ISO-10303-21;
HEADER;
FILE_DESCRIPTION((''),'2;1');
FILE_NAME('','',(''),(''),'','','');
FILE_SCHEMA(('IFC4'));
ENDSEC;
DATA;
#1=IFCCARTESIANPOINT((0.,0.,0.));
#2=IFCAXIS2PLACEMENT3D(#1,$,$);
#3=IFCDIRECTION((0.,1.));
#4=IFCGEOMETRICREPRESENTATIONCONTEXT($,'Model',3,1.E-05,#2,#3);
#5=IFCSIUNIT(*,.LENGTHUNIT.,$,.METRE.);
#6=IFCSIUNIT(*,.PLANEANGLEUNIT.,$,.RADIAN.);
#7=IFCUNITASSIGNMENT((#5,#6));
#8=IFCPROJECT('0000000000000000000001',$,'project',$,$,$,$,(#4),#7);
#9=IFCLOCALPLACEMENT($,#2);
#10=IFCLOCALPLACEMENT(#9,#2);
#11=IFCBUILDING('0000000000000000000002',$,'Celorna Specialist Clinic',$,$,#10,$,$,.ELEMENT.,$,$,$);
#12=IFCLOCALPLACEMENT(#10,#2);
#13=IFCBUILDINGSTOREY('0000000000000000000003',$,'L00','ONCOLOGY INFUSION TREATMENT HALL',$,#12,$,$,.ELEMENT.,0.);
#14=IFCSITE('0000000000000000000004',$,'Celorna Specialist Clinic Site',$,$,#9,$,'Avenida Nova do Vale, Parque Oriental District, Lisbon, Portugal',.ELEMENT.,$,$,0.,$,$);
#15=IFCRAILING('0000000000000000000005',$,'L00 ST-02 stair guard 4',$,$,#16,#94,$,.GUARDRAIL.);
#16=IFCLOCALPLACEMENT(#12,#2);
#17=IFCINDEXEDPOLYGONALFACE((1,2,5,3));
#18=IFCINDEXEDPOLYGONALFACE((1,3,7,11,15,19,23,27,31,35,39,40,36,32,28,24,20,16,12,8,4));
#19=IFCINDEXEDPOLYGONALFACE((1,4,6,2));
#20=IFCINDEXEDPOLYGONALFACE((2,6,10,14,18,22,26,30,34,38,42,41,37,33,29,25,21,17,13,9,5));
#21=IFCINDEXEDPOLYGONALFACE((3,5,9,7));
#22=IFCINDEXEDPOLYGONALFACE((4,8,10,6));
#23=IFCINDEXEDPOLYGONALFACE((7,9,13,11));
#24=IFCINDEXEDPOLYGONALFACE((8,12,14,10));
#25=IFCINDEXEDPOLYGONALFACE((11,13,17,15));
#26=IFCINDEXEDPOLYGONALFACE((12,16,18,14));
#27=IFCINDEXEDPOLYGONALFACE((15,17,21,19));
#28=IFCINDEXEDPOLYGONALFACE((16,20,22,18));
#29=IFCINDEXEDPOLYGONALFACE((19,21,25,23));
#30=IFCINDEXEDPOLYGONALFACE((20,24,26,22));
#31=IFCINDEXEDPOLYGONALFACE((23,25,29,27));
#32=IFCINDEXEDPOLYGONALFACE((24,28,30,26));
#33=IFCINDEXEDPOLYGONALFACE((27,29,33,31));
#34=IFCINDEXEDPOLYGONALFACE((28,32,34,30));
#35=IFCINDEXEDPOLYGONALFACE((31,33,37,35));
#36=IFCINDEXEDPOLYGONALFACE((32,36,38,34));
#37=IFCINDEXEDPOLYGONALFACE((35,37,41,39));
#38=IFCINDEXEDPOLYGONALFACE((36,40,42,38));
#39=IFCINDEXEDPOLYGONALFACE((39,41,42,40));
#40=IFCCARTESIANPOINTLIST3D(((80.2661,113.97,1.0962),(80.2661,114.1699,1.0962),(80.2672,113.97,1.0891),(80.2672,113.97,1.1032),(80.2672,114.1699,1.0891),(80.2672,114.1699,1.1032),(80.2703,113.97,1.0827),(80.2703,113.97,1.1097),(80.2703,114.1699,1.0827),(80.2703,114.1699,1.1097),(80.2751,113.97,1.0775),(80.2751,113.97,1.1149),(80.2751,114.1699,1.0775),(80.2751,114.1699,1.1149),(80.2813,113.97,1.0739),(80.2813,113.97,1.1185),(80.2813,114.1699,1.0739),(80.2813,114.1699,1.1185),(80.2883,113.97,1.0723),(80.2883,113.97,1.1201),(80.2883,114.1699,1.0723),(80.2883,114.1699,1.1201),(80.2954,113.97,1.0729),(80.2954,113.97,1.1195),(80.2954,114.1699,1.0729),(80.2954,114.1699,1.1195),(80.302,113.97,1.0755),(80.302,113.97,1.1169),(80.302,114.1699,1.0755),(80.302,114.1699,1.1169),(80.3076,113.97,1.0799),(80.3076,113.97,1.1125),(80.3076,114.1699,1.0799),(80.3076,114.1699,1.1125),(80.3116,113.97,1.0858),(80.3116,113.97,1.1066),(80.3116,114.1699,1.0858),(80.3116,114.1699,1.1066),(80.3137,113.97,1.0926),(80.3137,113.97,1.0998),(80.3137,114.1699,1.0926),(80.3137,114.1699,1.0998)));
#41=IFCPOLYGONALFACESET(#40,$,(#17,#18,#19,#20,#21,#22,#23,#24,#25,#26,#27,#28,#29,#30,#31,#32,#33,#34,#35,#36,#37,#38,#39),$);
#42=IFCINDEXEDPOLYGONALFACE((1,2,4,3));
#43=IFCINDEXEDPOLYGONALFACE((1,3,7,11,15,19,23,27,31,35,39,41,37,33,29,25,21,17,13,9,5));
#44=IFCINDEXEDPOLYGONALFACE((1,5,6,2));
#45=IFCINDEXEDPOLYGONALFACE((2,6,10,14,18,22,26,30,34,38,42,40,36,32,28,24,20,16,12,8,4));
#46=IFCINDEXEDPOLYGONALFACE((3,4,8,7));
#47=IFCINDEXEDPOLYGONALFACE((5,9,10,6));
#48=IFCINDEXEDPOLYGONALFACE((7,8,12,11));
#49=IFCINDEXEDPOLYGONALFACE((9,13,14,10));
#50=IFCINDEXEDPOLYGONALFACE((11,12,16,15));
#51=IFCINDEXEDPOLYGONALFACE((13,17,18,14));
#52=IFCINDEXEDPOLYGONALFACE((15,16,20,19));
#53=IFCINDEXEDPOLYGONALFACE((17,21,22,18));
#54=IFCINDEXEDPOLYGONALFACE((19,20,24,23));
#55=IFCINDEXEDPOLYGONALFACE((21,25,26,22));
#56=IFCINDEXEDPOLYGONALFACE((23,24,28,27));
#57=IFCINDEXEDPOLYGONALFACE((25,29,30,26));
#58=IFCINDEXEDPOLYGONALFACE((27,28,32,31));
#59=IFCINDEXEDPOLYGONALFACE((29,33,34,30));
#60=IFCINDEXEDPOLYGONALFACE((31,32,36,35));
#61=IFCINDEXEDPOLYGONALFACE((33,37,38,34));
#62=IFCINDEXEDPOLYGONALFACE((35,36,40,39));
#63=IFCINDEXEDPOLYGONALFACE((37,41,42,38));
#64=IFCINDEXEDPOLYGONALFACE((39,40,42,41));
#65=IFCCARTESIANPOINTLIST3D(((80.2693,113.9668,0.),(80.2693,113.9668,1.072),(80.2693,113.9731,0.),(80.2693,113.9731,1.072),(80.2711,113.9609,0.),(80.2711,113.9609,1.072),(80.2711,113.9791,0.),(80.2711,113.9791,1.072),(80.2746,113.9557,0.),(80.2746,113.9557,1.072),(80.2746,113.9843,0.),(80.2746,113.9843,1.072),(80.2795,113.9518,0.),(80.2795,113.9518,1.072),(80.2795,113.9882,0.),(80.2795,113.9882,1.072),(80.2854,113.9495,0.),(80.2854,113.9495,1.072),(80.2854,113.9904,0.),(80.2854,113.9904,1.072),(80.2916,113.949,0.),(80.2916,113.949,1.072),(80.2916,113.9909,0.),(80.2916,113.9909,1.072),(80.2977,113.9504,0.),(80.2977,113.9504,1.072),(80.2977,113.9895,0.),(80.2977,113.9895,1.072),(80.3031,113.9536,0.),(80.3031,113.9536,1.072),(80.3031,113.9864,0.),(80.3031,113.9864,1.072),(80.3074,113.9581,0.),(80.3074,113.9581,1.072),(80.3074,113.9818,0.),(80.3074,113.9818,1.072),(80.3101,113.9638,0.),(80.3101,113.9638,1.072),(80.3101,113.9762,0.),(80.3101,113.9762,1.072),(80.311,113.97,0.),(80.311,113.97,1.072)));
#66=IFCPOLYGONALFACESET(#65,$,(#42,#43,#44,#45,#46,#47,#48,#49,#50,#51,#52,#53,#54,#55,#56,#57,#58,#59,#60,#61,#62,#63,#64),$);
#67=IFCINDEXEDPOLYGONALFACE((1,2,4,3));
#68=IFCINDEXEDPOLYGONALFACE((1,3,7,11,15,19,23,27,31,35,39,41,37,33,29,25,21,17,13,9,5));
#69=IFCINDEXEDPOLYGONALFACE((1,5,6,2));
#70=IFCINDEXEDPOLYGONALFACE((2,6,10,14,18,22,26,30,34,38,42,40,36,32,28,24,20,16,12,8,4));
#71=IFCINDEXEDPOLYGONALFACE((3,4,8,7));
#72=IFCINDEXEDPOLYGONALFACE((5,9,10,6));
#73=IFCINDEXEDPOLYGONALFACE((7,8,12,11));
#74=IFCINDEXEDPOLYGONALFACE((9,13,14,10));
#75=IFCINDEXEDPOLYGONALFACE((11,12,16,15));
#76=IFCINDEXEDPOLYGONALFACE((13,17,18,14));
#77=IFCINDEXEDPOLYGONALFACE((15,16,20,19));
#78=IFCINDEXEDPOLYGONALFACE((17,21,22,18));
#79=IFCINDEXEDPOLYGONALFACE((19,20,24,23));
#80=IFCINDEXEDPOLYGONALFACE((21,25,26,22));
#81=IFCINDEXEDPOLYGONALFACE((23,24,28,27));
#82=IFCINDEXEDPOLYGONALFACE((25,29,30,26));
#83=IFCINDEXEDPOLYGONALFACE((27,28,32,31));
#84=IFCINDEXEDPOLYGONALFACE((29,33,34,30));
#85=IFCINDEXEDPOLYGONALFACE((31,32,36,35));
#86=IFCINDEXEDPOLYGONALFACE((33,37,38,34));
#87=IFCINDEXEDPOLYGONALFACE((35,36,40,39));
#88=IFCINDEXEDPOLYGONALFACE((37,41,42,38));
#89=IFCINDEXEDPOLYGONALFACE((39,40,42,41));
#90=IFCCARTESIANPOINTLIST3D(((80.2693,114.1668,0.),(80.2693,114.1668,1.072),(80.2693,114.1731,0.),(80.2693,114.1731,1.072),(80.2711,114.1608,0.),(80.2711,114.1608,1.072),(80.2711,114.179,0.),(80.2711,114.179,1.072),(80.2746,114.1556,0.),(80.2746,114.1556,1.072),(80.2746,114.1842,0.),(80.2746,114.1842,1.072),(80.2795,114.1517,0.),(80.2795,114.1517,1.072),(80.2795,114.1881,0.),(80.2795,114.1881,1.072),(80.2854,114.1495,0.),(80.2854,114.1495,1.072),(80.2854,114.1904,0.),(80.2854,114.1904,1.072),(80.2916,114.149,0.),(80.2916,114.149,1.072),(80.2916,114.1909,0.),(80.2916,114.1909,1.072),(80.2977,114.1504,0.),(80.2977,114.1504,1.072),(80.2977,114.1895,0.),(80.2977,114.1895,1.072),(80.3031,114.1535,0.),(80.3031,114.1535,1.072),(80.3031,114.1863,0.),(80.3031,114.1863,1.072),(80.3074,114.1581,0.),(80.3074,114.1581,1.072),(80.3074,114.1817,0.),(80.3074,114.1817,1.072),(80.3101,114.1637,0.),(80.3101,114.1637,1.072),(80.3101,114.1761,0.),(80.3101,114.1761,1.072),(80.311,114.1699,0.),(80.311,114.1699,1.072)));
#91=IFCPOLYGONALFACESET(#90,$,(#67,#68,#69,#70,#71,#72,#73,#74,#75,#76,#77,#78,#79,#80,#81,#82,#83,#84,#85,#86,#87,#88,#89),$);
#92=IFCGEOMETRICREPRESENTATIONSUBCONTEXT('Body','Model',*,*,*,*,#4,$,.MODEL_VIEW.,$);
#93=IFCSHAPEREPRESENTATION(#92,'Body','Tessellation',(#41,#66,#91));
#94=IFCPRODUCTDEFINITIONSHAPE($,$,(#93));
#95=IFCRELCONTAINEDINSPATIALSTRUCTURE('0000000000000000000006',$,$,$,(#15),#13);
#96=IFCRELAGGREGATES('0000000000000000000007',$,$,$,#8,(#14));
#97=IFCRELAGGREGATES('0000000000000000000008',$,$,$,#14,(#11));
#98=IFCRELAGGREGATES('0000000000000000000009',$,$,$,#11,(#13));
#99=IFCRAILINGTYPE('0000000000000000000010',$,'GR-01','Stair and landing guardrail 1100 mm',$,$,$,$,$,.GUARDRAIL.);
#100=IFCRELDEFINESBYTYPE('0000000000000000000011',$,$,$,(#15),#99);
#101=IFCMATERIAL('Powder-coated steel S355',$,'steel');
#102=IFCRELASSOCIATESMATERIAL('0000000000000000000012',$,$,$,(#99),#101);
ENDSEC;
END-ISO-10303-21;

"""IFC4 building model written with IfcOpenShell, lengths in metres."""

from ifc_helpers import new_model, si_unit, direction, frame, origin, origin_2d, place, context, subcontext, project, spatial, circle, extrude, material, type_object, element, save


model = new_model("IFC4")

# Units and contexts
model_context = context("Model", 3, precision=1e-05, world=origin(), true_north=direction((0.0, 1.0)))
body_context = subcontext(model_context, "Body", "Model", "MODEL_VIEW")
ifc_project = project(units=[si_unit("LENGTHUNIT", "METRE"), si_unit("PLANEANGLEUNIT", "RADIAN")], contexts=[model_context])

# Site, building, storey
site_placement = place(None, origin())
site = spatial("IfcSite", under=ifc_project, at=site_placement, Name="Celorna Specialist Clinic Site", LongName="Avenida Nova do Vale, Parque Oriental District, Lisbon, Portugal", CompositionType="ELEMENT", RefElevation=0.0)
building_placement = place(site_placement, origin())
building = spatial("IfcBuilding", under=site, at=building_placement, Name="Celorna Specialist Clinic", CompositionType="ELEMENT")
storey_placement = place(building_placement, origin())
storey = spatial("IfcBuildingStorey", under=building, at=storey_placement, Name="L00", Description="ONCOLOGY INFUSION TREATMENT HALL", CompositionType="ELEMENT", Elevation=0.0)

# Railing
ifc_material_1 = material(Name="Powder-coated steel S355", Category="steel")
railing_type_1 = type_object("IfcRailingType", Name="GR-01", Description="Stair and landing guardrail 1100 mm", PredefinedType="GUARDRAIL", material=ifc_material_1)
railing_1_placement = place(storey_placement, frame((80.29, 113.97, 0.0)))
element("IfcRailing", 1, at=railing_1_placement, inside=storey, type_object=railing_type_1, Name="L00 ST-02 stair guard 4", PredefinedType="GUARDRAIL", context=body_context, shape_type="SweptSolid", body=[
    extrude(circle(Radius=0.0239, at=origin_2d()), frame((0.0, 0.0, 1.0962), z_axis=(0.0, 1.0, 0.0), x_axis=(-1.0, 0.0, 0.0)), (0.0, 0.0, 1.0), 0.2),
    extrude(circle(Radius=0.021, at=origin_2d()), origin(), (0.0, 0.0, 1.0), 1.072),
    extrude(circle(Radius=0.021, at=origin_2d()), frame((0.0, 0.2, 0.0)), (0.0, 0.0, 1.0), 1.072),
])

save(model, "model.ifc")
